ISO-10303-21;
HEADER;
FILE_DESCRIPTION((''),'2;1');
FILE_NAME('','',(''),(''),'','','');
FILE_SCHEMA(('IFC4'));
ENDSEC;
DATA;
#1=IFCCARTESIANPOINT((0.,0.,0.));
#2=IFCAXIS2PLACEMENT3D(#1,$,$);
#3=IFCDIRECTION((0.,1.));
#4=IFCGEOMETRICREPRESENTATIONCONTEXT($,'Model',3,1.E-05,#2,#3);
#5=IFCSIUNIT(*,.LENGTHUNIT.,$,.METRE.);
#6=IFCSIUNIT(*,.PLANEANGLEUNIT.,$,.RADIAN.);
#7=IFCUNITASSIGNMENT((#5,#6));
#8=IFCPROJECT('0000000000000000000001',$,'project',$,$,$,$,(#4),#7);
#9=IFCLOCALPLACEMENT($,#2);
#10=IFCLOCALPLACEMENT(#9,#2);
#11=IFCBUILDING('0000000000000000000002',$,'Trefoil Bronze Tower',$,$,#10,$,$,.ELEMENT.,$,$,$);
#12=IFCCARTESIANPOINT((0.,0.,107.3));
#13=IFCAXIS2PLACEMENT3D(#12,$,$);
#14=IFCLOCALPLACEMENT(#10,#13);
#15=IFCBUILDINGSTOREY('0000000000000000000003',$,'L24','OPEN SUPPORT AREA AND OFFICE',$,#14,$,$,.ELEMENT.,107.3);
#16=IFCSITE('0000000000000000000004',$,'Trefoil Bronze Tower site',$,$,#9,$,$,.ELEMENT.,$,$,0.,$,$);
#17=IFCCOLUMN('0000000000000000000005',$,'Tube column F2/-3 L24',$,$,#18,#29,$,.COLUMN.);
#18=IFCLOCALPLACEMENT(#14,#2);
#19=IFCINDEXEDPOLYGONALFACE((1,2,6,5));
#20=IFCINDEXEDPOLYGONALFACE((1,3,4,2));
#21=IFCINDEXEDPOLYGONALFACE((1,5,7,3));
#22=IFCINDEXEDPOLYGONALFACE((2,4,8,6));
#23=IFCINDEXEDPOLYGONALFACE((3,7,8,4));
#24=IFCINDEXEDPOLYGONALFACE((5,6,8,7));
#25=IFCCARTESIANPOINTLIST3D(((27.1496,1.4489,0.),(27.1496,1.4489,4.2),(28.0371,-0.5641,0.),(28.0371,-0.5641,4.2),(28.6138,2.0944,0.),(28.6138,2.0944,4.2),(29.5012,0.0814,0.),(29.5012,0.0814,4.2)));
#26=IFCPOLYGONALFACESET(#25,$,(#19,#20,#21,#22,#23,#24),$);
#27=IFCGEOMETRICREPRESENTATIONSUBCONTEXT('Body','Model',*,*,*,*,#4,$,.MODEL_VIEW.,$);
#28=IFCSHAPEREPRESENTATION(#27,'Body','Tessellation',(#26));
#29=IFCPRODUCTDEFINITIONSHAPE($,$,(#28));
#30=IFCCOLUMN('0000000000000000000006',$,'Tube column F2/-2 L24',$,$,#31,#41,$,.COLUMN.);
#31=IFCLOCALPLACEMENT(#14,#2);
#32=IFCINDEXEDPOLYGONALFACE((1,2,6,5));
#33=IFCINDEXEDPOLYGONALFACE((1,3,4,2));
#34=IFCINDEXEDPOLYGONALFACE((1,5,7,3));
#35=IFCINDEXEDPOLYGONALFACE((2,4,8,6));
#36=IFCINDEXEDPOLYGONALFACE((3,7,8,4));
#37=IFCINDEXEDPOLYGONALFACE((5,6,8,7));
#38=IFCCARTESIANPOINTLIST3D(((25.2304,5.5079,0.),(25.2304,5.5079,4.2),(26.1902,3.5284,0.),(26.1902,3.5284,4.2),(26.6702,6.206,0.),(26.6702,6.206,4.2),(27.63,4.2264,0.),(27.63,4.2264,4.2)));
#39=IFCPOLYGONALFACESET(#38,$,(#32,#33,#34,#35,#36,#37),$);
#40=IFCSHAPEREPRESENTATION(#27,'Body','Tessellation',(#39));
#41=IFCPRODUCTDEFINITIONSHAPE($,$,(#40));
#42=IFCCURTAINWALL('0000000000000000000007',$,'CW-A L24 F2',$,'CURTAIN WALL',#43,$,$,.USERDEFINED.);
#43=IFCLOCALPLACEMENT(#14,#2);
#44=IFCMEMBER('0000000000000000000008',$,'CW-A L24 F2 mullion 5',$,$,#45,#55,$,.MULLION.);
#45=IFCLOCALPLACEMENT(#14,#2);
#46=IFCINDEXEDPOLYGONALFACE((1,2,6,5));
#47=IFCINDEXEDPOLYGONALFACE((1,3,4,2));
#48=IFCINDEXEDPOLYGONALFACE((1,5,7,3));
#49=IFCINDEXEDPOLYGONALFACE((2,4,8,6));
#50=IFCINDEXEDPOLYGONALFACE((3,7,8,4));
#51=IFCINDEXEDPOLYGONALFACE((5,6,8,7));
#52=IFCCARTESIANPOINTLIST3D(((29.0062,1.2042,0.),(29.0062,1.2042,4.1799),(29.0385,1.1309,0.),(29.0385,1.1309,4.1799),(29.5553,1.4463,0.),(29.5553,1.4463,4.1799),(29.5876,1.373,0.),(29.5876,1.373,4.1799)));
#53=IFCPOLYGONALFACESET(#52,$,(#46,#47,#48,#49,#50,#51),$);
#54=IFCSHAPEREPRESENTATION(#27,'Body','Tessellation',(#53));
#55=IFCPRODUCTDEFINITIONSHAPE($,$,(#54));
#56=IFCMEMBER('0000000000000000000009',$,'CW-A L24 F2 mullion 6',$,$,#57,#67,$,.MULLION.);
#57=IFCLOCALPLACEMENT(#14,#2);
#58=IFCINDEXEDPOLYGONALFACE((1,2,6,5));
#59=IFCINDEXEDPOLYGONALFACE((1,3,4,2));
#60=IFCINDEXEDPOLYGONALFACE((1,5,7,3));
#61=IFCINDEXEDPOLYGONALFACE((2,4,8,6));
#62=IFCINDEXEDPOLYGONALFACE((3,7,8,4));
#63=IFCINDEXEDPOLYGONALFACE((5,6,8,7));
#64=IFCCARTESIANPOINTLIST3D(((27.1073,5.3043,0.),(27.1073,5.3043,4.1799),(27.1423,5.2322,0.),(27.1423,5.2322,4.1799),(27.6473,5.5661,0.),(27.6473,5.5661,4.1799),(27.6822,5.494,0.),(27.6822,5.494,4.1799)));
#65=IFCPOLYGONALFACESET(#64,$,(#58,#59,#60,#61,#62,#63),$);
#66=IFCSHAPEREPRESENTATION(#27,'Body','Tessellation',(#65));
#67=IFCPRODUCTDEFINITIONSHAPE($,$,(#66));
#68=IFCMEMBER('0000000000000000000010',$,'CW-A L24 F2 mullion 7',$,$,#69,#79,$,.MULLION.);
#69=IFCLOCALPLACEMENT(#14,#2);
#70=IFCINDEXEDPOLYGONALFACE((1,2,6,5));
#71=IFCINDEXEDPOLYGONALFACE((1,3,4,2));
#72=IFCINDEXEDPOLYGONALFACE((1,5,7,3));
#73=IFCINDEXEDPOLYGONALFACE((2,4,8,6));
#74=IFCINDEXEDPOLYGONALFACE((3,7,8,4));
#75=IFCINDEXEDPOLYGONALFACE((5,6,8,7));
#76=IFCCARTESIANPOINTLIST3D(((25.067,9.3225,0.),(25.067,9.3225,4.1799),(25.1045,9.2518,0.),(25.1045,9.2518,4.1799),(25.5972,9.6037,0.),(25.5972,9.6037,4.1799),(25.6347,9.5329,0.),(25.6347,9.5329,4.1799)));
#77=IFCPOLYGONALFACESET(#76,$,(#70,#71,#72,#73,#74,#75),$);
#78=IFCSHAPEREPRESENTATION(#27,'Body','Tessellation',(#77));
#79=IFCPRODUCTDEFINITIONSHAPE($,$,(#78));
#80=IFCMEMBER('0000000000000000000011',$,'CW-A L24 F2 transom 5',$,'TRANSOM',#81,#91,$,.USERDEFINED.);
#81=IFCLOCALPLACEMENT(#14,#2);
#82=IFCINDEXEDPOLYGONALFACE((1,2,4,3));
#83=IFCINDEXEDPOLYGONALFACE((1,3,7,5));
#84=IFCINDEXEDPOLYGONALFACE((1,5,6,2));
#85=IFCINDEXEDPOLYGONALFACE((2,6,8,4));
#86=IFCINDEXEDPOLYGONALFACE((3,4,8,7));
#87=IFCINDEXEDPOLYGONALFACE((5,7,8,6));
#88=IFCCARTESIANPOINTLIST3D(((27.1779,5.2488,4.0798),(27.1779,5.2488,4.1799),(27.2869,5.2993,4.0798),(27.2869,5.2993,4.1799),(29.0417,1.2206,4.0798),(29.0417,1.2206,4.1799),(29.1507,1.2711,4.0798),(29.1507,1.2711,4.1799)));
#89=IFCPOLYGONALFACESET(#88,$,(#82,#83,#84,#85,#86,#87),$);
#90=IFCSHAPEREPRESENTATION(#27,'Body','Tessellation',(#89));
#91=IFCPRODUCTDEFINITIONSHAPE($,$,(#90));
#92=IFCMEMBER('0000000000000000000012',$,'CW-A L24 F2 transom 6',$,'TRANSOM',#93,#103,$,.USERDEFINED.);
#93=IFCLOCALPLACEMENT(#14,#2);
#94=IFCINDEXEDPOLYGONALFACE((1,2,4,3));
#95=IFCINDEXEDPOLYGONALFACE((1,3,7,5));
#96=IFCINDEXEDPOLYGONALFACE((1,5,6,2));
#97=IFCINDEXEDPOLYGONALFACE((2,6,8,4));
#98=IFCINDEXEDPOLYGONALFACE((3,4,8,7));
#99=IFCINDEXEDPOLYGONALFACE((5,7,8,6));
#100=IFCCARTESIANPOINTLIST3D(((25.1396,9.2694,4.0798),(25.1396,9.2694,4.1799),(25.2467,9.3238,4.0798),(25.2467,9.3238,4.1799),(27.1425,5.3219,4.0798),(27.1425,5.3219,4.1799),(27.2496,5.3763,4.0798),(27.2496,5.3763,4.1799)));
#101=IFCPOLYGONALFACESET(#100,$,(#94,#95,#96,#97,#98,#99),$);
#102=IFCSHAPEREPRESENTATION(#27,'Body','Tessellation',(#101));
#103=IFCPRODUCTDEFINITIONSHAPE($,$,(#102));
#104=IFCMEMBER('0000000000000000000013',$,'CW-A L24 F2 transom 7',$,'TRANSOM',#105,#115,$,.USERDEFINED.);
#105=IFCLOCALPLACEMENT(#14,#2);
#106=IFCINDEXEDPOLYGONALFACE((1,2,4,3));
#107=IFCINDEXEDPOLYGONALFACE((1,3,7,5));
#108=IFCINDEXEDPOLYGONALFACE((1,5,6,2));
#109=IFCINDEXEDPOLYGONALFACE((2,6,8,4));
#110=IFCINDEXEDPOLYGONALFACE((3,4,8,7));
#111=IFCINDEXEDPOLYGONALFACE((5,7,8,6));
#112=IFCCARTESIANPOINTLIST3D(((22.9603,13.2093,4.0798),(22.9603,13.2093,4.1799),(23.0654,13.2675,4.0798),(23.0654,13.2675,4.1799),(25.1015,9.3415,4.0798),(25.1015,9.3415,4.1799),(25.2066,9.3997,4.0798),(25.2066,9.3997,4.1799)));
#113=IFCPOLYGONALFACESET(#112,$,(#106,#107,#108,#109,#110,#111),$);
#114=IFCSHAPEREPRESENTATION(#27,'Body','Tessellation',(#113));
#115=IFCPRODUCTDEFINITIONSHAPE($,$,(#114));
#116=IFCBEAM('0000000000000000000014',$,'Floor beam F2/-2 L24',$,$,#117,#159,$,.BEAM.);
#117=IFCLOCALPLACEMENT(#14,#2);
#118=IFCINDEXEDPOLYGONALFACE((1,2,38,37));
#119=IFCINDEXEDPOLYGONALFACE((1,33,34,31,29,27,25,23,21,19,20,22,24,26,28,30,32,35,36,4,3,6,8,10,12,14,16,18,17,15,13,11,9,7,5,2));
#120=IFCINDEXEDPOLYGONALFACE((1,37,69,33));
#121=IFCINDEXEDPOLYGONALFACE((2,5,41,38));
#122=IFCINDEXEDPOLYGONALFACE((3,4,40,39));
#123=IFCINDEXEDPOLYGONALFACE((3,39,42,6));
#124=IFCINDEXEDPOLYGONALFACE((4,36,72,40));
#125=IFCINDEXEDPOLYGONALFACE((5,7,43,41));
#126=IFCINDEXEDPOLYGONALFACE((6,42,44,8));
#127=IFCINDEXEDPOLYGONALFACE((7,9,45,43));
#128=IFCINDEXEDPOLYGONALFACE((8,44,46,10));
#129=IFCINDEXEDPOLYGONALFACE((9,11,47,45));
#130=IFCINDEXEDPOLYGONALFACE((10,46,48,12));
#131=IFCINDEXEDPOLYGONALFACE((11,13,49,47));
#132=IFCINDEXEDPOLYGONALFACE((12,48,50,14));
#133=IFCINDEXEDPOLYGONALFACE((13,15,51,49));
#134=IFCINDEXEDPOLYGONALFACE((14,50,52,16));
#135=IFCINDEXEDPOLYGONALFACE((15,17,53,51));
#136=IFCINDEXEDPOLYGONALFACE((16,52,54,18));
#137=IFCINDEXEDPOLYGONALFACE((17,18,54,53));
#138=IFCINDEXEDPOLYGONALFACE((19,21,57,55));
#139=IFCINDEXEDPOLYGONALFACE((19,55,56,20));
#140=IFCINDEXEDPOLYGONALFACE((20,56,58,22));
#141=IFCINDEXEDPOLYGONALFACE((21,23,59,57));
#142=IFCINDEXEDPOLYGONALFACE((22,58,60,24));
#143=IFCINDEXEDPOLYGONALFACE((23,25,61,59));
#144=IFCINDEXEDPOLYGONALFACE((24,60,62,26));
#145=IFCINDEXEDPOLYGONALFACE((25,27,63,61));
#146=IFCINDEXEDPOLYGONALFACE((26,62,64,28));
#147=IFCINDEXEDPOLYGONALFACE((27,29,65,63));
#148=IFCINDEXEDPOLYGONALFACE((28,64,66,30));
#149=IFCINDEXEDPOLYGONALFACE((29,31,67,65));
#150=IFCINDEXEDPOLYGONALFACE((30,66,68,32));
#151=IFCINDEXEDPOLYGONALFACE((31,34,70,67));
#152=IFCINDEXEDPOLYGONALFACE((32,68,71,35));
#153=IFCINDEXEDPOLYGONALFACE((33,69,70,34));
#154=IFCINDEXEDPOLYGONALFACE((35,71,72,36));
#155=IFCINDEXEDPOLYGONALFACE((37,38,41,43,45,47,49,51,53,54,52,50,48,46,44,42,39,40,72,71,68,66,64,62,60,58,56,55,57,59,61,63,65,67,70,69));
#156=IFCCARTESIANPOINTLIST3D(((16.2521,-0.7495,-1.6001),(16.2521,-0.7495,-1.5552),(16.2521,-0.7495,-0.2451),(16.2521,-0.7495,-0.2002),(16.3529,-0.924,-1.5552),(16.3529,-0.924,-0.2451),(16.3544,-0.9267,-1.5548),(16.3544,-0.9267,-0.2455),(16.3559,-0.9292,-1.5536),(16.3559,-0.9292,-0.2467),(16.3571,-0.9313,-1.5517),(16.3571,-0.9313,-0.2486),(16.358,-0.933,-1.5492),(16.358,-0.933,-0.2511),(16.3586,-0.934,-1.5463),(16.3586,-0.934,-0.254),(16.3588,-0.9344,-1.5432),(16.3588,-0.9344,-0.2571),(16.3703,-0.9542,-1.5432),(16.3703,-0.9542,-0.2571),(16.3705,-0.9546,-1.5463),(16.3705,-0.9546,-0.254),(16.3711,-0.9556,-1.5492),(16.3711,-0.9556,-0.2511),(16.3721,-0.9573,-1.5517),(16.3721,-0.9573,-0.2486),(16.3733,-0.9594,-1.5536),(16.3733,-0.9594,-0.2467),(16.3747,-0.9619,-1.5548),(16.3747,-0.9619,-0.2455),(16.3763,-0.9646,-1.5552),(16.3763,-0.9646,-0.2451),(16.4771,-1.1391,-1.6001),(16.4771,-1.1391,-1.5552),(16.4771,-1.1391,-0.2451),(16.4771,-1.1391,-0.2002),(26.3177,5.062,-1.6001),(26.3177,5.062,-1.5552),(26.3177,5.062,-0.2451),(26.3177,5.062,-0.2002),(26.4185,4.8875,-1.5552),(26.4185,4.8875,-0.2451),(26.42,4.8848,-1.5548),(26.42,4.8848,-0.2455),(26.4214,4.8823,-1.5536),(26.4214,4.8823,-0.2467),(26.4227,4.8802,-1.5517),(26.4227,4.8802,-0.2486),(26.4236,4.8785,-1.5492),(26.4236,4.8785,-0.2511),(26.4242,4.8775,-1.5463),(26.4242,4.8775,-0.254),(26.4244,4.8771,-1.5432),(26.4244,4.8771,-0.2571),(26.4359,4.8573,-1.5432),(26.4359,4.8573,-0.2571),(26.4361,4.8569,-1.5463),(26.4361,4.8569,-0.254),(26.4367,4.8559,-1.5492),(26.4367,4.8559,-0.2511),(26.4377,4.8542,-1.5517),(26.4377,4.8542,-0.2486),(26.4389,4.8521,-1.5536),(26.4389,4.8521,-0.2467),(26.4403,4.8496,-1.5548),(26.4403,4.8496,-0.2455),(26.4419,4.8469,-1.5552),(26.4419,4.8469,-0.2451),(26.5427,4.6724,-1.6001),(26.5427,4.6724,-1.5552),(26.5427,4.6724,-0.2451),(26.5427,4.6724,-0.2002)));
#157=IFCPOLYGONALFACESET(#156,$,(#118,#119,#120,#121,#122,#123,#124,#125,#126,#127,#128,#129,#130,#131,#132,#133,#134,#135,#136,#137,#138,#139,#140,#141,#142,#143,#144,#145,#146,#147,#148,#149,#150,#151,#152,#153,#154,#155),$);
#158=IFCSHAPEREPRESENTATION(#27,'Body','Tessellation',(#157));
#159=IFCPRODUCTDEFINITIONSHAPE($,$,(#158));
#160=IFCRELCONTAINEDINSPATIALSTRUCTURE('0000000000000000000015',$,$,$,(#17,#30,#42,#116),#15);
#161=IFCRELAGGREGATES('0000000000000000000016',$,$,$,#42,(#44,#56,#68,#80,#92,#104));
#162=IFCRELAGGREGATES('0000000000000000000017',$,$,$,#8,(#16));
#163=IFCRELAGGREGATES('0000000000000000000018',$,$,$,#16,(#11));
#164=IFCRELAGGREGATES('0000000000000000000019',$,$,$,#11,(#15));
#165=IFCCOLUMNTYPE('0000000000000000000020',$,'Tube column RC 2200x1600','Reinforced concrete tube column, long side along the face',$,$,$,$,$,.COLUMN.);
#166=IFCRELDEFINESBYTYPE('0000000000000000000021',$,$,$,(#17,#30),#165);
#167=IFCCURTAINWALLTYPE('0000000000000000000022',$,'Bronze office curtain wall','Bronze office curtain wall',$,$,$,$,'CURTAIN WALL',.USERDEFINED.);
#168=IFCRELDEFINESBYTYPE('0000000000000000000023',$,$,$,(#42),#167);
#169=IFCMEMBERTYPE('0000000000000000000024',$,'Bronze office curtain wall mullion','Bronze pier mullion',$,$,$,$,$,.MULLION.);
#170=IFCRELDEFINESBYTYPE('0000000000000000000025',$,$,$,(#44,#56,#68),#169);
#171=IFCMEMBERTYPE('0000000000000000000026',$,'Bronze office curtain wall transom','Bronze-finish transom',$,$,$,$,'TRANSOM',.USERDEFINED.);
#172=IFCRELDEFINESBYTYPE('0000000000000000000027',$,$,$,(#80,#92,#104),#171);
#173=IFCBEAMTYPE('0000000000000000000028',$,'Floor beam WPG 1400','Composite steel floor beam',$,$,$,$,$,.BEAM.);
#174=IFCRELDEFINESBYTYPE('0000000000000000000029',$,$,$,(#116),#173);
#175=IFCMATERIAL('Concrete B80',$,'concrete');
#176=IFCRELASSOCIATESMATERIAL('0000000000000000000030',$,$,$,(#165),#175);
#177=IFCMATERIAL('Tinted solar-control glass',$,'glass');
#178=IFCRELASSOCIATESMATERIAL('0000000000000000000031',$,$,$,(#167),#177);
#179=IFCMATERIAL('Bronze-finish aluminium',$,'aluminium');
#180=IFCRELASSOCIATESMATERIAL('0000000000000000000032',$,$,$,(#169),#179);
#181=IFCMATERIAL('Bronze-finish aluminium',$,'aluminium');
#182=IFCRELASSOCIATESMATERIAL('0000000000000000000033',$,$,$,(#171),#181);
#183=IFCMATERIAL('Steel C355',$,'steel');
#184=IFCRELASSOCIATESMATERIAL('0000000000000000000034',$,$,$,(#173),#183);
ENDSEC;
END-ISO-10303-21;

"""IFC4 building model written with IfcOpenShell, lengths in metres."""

from ifc_helpers import new_model, si_unit, direction, frame, origin, origin_2d, place, context, subcontext, project, spatial, rectangle, i_section, extrude, material, material_profile, profile_set, type_object, element, aggregate, save


model = new_model("IFC4")

# Units and contexts
model_context = context("Model", 3, precision=1e-05, world=origin(), true_north=direction((0.0, 1.0)))
body_context = subcontext(model_context, "Body", "Model", "MODEL_VIEW")
ifc_project = project(units=[si_unit("LENGTHUNIT", "METRE"), si_unit("PLANEANGLEUNIT", "RADIAN")], contexts=[model_context])

# Site, building, storey
site_placement = place(None, origin())
site = spatial("IfcSite", under=ifc_project, at=site_placement, Name="Trefoil Bronze Tower site", CompositionType="ELEMENT", RefElevation=0.0)
building_placement = place(site_placement, origin())
building = spatial("IfcBuilding", under=site, at=building_placement, Name="Trefoil Bronze Tower", CompositionType="ELEMENT")
storey_placement = place(building_placement, frame((0.0, 0.0, 107.3)))
storey = spatial("IfcBuildingStorey", under=building, at=storey_placement, Name="L24", Description="OPEN SUPPORT AREA AND OFFICE", CompositionType="ELEMENT", Elevation=107.3)

# Columns
ifc_material_1 = material(Name="Concrete B80", Category="concrete")
ifc_material_profile_1 = material_profile(ifc_material_1, rectangle(XDim=2.2, YDim=1.6001, at=origin_2d()), Name="RC 2200x1600")
ifc_profile_set_1 = profile_set([ifc_material_profile_1], Name="Concrete B80")
column_type = type_object("IfcColumnType", Name="Tube column RC 2200x1600", Description="Reinforced concrete tube column, long side along the face", PredefinedType="COLUMN", material=ifc_profile_set_1)
for number, where, z_axis, x_axis, name in (
    (1, (28.3254, 0.7651, 0.0), (0.0, 0.0, 1.0), (-0.403412, 0.915018, 0.0), "Tube column F2/-3 L24"),
    (2, (26.4302, 4.8672, 0.0), (0.0, 0.0, 1.0), (-0.436262, 0.89982, 0.0), "Tube column F2/-2 L24"),
):
    element("IfcColumn", number, at=place(storey_placement, frame(where, z_axis=z_axis, x_axis=x_axis)), inside=storey, type_object=column_type, Name=name, PredefinedType="COLUMN", context=body_context, shape_type="SweptSolid", body=[
        extrude(rectangle(XDim=2.2, YDim=1.6001, at=origin_2d()), origin(), (0.0, 0.0, 1.0), 4.2),
    ])

# Curtain wall, members
ifc_material_2 = material(Name="Tinted solar-control glass", Category="glass")
curtain_wall_type = type_object("IfcCurtainWallType", Name="Bronze office curtain wall", Description="Bronze office curtain wall", ElementType="CURTAIN WALL", PredefinedType="USERDEFINED", material=ifc_material_2)
curtain_wall_placement = place(storey_placement, origin())
curtain_wall = element("IfcCurtainWall", 3, at=curtain_wall_placement, inside=storey, type_object=curtain_wall_type, Name="CW-A L24 F2", ObjectType="CURTAIN WALL", PredefinedType="USERDEFINED")
ifc_material_3 = material(Name="Bronze-finish aluminium", Category="aluminium")
ifc_material_profile_2 = material_profile(ifc_material_3, rectangle(XDim=0.6001, YDim=0.0801, at=origin_2d()), Name="CW-A mullion")
ifc_profile_set_2 = profile_set([ifc_material_profile_2], Name="Bronze-finish aluminium")
member_type_1 = type_object("IfcMemberType", Name="Bronze office curtain wall mullion", Description="Bronze pier mullion", PredefinedType="MULLION", material=ifc_profile_set_2)
member_1_placement = place(storey_placement, frame((29.2969, 1.2886, 0.0), z_axis=(0.0, 0.0, 1.0), x_axis=(-0.915018, -0.403412, 0.0)))
member_1 = element("IfcMember", 4, at=member_1_placement, type_object=member_type_1, Name="CW-A L24 F2 mullion 5", PredefinedType="MULLION", context=body_context, shape_type="SweptSolid", body=[
    extrude(rectangle(XDim=0.6001, YDim=0.0801, at=origin_2d()), origin(), (0.0, 0.0, 1.0), 4.1799),
])
member_2_placement = place(storey_placement, frame((27.3948, 5.3992, 0.0), z_axis=(0.0, 0.0, 1.0), x_axis=(-0.89982, -0.436262, 0.0)))
member_2 = element("IfcMember", 5, at=member_2_placement, type_object=member_type_1, Name="CW-A L24 F2 mullion 6", PredefinedType="MULLION", context=body_context, shape_type="SweptSolid", body=[
    extrude(rectangle(XDim=0.6001, YDim=0.0801, at=origin_2d()), origin(), (0.0, 0.0, 1.0), 4.1799),
])
member_3_placement = place(storey_placement, frame((25.3508, 9.4277, 0.0), z_axis=(0.0, 0.0, 1.0), x_axis=(-0.883486, -0.468457, 0.0)))
member_3 = element("IfcMember", 6, at=member_3_placement, type_object=member_type_1, Name="CW-A L24 F2 mullion 7", PredefinedType="MULLION", context=body_context, shape_type="SweptSolid", body=[
    extrude(rectangle(XDim=0.6001, YDim=0.0801, at=origin_2d()), origin(), (0.0, 0.0, 1.0), 4.1799),
])
ifc_material_4 = material(Name="Bronze-finish aluminium", Category="aluminium")
ifc_material_profile_3 = material_profile(ifc_material_4, rectangle(XDim=0.1201, YDim=0.1001, at=origin_2d()), Name="CW-A transom")
ifc_profile_set_3 = profile_set([ifc_material_profile_3], Name="Bronze-finish aluminium")
member_type_2 = type_object("IfcMemberType", Name="Bronze office curtain wall transom", Description="Bronze-finish transom", ElementType="TRANSOM", PredefinedType="USERDEFINED", material=ifc_profile_set_3)
member_4_placement = place(storey_placement, frame((29.0962, 1.2458, 4.1299), z_axis=(-0.419923, 0.90756, 0.0), x_axis=(-0.90756, -0.419923, 0.0)))
member_4 = element("IfcMember", 7, at=member_4_placement, type_object=member_type_2, Name="CW-A L24 F2 transom 5", ObjectType="TRANSOM", PredefinedType="USERDEFINED", context=body_context, shape_type="SweptSolid", body=[
    extrude(rectangle(XDim=0.1201, YDim=0.1001, at=origin_2d()), origin(), (0.0, 0.0, 1.0), 4.4385),
])
member_5_placement = place(storey_placement, frame((27.196, 5.3491, 4.1299), z_axis=(-0.452478, 0.891775, 0.0), x_axis=(-0.891775, -0.452478, 0.0)))
member_5 = element("IfcMember", 8, at=member_5_placement, type_object=member_type_2, Name="CW-A L24 F2 transom 6", ObjectType="TRANSOM", PredefinedType="USERDEFINED", context=body_context, shape_type="SweptSolid", body=[
    extrude(rectangle(XDim=0.1201, YDim=0.1001, at=origin_2d()), origin(), (0.0, 0.0, 1.0), 4.4265),
])
member_6_placement = place(storey_placement, frame((25.1541, 9.3706, 4.1299), z_axis=(-0.484329, 0.874886, 0.0), x_axis=(-0.874886, -0.484329, 0.0)))
member_6 = element("IfcMember", 9, at=member_6_placement, type_object=member_type_2, Name="CW-A L24 F2 transom 7", ObjectType="TRANSOM", PredefinedType="USERDEFINED", context=body_context, shape_type="SweptSolid", body=[
    extrude(rectangle(XDim=0.1201, YDim=0.1001, at=origin_2d()), origin(), (0.0, 0.0, 1.0), 4.4209),
])

# Beam
ifc_material_5 = material(Name="Steel C355", Category="steel")
ifc_material_profile_4 = material_profile(ifc_material_5, i_section(OverallWidth=0.45, OverallDepth=1.3999, WebThickness=0.0229, FlangeThickness=0.0449, FilletRadius=0.012, at=origin_2d()), Name="WPG 1400")
ifc_profile_set_4 = profile_set([ifc_material_profile_4], Name="Steel C355")
beam_type_1 = type_object("IfcBeamType", Name="Floor beam WPG 1400", Description="Composite steel floor beam", PredefinedType="BEAM", material=ifc_profile_set_4)
beam_1_placement = place(storey_placement, frame((26.4302, 4.8672, -0.9001), z_axis=(-0.866022, -0.500007, 0.0), x_axis=(0.500007, -0.866022, 0.0)))
element("IfcBeam", 10, at=beam_1_placement, inside=storey, type_object=beam_type_1, Name="Floor beam F2/-2 L24", PredefinedType="BEAM", context=body_context, shape_type="SweptSolid", body=[
    extrude(i_section(OverallWidth=0.45, OverallDepth=1.3999, WebThickness=0.0229, FlangeThickness=0.0449, FilletRadius=0.012, at=origin_2d()), origin(), (0.0, 0.0, 1.0), 11.6228),
])

aggregate(curtain_wall, [member_1, member_2, member_3, member_4, member_5, member_6])

save(model, "model.ifc")
